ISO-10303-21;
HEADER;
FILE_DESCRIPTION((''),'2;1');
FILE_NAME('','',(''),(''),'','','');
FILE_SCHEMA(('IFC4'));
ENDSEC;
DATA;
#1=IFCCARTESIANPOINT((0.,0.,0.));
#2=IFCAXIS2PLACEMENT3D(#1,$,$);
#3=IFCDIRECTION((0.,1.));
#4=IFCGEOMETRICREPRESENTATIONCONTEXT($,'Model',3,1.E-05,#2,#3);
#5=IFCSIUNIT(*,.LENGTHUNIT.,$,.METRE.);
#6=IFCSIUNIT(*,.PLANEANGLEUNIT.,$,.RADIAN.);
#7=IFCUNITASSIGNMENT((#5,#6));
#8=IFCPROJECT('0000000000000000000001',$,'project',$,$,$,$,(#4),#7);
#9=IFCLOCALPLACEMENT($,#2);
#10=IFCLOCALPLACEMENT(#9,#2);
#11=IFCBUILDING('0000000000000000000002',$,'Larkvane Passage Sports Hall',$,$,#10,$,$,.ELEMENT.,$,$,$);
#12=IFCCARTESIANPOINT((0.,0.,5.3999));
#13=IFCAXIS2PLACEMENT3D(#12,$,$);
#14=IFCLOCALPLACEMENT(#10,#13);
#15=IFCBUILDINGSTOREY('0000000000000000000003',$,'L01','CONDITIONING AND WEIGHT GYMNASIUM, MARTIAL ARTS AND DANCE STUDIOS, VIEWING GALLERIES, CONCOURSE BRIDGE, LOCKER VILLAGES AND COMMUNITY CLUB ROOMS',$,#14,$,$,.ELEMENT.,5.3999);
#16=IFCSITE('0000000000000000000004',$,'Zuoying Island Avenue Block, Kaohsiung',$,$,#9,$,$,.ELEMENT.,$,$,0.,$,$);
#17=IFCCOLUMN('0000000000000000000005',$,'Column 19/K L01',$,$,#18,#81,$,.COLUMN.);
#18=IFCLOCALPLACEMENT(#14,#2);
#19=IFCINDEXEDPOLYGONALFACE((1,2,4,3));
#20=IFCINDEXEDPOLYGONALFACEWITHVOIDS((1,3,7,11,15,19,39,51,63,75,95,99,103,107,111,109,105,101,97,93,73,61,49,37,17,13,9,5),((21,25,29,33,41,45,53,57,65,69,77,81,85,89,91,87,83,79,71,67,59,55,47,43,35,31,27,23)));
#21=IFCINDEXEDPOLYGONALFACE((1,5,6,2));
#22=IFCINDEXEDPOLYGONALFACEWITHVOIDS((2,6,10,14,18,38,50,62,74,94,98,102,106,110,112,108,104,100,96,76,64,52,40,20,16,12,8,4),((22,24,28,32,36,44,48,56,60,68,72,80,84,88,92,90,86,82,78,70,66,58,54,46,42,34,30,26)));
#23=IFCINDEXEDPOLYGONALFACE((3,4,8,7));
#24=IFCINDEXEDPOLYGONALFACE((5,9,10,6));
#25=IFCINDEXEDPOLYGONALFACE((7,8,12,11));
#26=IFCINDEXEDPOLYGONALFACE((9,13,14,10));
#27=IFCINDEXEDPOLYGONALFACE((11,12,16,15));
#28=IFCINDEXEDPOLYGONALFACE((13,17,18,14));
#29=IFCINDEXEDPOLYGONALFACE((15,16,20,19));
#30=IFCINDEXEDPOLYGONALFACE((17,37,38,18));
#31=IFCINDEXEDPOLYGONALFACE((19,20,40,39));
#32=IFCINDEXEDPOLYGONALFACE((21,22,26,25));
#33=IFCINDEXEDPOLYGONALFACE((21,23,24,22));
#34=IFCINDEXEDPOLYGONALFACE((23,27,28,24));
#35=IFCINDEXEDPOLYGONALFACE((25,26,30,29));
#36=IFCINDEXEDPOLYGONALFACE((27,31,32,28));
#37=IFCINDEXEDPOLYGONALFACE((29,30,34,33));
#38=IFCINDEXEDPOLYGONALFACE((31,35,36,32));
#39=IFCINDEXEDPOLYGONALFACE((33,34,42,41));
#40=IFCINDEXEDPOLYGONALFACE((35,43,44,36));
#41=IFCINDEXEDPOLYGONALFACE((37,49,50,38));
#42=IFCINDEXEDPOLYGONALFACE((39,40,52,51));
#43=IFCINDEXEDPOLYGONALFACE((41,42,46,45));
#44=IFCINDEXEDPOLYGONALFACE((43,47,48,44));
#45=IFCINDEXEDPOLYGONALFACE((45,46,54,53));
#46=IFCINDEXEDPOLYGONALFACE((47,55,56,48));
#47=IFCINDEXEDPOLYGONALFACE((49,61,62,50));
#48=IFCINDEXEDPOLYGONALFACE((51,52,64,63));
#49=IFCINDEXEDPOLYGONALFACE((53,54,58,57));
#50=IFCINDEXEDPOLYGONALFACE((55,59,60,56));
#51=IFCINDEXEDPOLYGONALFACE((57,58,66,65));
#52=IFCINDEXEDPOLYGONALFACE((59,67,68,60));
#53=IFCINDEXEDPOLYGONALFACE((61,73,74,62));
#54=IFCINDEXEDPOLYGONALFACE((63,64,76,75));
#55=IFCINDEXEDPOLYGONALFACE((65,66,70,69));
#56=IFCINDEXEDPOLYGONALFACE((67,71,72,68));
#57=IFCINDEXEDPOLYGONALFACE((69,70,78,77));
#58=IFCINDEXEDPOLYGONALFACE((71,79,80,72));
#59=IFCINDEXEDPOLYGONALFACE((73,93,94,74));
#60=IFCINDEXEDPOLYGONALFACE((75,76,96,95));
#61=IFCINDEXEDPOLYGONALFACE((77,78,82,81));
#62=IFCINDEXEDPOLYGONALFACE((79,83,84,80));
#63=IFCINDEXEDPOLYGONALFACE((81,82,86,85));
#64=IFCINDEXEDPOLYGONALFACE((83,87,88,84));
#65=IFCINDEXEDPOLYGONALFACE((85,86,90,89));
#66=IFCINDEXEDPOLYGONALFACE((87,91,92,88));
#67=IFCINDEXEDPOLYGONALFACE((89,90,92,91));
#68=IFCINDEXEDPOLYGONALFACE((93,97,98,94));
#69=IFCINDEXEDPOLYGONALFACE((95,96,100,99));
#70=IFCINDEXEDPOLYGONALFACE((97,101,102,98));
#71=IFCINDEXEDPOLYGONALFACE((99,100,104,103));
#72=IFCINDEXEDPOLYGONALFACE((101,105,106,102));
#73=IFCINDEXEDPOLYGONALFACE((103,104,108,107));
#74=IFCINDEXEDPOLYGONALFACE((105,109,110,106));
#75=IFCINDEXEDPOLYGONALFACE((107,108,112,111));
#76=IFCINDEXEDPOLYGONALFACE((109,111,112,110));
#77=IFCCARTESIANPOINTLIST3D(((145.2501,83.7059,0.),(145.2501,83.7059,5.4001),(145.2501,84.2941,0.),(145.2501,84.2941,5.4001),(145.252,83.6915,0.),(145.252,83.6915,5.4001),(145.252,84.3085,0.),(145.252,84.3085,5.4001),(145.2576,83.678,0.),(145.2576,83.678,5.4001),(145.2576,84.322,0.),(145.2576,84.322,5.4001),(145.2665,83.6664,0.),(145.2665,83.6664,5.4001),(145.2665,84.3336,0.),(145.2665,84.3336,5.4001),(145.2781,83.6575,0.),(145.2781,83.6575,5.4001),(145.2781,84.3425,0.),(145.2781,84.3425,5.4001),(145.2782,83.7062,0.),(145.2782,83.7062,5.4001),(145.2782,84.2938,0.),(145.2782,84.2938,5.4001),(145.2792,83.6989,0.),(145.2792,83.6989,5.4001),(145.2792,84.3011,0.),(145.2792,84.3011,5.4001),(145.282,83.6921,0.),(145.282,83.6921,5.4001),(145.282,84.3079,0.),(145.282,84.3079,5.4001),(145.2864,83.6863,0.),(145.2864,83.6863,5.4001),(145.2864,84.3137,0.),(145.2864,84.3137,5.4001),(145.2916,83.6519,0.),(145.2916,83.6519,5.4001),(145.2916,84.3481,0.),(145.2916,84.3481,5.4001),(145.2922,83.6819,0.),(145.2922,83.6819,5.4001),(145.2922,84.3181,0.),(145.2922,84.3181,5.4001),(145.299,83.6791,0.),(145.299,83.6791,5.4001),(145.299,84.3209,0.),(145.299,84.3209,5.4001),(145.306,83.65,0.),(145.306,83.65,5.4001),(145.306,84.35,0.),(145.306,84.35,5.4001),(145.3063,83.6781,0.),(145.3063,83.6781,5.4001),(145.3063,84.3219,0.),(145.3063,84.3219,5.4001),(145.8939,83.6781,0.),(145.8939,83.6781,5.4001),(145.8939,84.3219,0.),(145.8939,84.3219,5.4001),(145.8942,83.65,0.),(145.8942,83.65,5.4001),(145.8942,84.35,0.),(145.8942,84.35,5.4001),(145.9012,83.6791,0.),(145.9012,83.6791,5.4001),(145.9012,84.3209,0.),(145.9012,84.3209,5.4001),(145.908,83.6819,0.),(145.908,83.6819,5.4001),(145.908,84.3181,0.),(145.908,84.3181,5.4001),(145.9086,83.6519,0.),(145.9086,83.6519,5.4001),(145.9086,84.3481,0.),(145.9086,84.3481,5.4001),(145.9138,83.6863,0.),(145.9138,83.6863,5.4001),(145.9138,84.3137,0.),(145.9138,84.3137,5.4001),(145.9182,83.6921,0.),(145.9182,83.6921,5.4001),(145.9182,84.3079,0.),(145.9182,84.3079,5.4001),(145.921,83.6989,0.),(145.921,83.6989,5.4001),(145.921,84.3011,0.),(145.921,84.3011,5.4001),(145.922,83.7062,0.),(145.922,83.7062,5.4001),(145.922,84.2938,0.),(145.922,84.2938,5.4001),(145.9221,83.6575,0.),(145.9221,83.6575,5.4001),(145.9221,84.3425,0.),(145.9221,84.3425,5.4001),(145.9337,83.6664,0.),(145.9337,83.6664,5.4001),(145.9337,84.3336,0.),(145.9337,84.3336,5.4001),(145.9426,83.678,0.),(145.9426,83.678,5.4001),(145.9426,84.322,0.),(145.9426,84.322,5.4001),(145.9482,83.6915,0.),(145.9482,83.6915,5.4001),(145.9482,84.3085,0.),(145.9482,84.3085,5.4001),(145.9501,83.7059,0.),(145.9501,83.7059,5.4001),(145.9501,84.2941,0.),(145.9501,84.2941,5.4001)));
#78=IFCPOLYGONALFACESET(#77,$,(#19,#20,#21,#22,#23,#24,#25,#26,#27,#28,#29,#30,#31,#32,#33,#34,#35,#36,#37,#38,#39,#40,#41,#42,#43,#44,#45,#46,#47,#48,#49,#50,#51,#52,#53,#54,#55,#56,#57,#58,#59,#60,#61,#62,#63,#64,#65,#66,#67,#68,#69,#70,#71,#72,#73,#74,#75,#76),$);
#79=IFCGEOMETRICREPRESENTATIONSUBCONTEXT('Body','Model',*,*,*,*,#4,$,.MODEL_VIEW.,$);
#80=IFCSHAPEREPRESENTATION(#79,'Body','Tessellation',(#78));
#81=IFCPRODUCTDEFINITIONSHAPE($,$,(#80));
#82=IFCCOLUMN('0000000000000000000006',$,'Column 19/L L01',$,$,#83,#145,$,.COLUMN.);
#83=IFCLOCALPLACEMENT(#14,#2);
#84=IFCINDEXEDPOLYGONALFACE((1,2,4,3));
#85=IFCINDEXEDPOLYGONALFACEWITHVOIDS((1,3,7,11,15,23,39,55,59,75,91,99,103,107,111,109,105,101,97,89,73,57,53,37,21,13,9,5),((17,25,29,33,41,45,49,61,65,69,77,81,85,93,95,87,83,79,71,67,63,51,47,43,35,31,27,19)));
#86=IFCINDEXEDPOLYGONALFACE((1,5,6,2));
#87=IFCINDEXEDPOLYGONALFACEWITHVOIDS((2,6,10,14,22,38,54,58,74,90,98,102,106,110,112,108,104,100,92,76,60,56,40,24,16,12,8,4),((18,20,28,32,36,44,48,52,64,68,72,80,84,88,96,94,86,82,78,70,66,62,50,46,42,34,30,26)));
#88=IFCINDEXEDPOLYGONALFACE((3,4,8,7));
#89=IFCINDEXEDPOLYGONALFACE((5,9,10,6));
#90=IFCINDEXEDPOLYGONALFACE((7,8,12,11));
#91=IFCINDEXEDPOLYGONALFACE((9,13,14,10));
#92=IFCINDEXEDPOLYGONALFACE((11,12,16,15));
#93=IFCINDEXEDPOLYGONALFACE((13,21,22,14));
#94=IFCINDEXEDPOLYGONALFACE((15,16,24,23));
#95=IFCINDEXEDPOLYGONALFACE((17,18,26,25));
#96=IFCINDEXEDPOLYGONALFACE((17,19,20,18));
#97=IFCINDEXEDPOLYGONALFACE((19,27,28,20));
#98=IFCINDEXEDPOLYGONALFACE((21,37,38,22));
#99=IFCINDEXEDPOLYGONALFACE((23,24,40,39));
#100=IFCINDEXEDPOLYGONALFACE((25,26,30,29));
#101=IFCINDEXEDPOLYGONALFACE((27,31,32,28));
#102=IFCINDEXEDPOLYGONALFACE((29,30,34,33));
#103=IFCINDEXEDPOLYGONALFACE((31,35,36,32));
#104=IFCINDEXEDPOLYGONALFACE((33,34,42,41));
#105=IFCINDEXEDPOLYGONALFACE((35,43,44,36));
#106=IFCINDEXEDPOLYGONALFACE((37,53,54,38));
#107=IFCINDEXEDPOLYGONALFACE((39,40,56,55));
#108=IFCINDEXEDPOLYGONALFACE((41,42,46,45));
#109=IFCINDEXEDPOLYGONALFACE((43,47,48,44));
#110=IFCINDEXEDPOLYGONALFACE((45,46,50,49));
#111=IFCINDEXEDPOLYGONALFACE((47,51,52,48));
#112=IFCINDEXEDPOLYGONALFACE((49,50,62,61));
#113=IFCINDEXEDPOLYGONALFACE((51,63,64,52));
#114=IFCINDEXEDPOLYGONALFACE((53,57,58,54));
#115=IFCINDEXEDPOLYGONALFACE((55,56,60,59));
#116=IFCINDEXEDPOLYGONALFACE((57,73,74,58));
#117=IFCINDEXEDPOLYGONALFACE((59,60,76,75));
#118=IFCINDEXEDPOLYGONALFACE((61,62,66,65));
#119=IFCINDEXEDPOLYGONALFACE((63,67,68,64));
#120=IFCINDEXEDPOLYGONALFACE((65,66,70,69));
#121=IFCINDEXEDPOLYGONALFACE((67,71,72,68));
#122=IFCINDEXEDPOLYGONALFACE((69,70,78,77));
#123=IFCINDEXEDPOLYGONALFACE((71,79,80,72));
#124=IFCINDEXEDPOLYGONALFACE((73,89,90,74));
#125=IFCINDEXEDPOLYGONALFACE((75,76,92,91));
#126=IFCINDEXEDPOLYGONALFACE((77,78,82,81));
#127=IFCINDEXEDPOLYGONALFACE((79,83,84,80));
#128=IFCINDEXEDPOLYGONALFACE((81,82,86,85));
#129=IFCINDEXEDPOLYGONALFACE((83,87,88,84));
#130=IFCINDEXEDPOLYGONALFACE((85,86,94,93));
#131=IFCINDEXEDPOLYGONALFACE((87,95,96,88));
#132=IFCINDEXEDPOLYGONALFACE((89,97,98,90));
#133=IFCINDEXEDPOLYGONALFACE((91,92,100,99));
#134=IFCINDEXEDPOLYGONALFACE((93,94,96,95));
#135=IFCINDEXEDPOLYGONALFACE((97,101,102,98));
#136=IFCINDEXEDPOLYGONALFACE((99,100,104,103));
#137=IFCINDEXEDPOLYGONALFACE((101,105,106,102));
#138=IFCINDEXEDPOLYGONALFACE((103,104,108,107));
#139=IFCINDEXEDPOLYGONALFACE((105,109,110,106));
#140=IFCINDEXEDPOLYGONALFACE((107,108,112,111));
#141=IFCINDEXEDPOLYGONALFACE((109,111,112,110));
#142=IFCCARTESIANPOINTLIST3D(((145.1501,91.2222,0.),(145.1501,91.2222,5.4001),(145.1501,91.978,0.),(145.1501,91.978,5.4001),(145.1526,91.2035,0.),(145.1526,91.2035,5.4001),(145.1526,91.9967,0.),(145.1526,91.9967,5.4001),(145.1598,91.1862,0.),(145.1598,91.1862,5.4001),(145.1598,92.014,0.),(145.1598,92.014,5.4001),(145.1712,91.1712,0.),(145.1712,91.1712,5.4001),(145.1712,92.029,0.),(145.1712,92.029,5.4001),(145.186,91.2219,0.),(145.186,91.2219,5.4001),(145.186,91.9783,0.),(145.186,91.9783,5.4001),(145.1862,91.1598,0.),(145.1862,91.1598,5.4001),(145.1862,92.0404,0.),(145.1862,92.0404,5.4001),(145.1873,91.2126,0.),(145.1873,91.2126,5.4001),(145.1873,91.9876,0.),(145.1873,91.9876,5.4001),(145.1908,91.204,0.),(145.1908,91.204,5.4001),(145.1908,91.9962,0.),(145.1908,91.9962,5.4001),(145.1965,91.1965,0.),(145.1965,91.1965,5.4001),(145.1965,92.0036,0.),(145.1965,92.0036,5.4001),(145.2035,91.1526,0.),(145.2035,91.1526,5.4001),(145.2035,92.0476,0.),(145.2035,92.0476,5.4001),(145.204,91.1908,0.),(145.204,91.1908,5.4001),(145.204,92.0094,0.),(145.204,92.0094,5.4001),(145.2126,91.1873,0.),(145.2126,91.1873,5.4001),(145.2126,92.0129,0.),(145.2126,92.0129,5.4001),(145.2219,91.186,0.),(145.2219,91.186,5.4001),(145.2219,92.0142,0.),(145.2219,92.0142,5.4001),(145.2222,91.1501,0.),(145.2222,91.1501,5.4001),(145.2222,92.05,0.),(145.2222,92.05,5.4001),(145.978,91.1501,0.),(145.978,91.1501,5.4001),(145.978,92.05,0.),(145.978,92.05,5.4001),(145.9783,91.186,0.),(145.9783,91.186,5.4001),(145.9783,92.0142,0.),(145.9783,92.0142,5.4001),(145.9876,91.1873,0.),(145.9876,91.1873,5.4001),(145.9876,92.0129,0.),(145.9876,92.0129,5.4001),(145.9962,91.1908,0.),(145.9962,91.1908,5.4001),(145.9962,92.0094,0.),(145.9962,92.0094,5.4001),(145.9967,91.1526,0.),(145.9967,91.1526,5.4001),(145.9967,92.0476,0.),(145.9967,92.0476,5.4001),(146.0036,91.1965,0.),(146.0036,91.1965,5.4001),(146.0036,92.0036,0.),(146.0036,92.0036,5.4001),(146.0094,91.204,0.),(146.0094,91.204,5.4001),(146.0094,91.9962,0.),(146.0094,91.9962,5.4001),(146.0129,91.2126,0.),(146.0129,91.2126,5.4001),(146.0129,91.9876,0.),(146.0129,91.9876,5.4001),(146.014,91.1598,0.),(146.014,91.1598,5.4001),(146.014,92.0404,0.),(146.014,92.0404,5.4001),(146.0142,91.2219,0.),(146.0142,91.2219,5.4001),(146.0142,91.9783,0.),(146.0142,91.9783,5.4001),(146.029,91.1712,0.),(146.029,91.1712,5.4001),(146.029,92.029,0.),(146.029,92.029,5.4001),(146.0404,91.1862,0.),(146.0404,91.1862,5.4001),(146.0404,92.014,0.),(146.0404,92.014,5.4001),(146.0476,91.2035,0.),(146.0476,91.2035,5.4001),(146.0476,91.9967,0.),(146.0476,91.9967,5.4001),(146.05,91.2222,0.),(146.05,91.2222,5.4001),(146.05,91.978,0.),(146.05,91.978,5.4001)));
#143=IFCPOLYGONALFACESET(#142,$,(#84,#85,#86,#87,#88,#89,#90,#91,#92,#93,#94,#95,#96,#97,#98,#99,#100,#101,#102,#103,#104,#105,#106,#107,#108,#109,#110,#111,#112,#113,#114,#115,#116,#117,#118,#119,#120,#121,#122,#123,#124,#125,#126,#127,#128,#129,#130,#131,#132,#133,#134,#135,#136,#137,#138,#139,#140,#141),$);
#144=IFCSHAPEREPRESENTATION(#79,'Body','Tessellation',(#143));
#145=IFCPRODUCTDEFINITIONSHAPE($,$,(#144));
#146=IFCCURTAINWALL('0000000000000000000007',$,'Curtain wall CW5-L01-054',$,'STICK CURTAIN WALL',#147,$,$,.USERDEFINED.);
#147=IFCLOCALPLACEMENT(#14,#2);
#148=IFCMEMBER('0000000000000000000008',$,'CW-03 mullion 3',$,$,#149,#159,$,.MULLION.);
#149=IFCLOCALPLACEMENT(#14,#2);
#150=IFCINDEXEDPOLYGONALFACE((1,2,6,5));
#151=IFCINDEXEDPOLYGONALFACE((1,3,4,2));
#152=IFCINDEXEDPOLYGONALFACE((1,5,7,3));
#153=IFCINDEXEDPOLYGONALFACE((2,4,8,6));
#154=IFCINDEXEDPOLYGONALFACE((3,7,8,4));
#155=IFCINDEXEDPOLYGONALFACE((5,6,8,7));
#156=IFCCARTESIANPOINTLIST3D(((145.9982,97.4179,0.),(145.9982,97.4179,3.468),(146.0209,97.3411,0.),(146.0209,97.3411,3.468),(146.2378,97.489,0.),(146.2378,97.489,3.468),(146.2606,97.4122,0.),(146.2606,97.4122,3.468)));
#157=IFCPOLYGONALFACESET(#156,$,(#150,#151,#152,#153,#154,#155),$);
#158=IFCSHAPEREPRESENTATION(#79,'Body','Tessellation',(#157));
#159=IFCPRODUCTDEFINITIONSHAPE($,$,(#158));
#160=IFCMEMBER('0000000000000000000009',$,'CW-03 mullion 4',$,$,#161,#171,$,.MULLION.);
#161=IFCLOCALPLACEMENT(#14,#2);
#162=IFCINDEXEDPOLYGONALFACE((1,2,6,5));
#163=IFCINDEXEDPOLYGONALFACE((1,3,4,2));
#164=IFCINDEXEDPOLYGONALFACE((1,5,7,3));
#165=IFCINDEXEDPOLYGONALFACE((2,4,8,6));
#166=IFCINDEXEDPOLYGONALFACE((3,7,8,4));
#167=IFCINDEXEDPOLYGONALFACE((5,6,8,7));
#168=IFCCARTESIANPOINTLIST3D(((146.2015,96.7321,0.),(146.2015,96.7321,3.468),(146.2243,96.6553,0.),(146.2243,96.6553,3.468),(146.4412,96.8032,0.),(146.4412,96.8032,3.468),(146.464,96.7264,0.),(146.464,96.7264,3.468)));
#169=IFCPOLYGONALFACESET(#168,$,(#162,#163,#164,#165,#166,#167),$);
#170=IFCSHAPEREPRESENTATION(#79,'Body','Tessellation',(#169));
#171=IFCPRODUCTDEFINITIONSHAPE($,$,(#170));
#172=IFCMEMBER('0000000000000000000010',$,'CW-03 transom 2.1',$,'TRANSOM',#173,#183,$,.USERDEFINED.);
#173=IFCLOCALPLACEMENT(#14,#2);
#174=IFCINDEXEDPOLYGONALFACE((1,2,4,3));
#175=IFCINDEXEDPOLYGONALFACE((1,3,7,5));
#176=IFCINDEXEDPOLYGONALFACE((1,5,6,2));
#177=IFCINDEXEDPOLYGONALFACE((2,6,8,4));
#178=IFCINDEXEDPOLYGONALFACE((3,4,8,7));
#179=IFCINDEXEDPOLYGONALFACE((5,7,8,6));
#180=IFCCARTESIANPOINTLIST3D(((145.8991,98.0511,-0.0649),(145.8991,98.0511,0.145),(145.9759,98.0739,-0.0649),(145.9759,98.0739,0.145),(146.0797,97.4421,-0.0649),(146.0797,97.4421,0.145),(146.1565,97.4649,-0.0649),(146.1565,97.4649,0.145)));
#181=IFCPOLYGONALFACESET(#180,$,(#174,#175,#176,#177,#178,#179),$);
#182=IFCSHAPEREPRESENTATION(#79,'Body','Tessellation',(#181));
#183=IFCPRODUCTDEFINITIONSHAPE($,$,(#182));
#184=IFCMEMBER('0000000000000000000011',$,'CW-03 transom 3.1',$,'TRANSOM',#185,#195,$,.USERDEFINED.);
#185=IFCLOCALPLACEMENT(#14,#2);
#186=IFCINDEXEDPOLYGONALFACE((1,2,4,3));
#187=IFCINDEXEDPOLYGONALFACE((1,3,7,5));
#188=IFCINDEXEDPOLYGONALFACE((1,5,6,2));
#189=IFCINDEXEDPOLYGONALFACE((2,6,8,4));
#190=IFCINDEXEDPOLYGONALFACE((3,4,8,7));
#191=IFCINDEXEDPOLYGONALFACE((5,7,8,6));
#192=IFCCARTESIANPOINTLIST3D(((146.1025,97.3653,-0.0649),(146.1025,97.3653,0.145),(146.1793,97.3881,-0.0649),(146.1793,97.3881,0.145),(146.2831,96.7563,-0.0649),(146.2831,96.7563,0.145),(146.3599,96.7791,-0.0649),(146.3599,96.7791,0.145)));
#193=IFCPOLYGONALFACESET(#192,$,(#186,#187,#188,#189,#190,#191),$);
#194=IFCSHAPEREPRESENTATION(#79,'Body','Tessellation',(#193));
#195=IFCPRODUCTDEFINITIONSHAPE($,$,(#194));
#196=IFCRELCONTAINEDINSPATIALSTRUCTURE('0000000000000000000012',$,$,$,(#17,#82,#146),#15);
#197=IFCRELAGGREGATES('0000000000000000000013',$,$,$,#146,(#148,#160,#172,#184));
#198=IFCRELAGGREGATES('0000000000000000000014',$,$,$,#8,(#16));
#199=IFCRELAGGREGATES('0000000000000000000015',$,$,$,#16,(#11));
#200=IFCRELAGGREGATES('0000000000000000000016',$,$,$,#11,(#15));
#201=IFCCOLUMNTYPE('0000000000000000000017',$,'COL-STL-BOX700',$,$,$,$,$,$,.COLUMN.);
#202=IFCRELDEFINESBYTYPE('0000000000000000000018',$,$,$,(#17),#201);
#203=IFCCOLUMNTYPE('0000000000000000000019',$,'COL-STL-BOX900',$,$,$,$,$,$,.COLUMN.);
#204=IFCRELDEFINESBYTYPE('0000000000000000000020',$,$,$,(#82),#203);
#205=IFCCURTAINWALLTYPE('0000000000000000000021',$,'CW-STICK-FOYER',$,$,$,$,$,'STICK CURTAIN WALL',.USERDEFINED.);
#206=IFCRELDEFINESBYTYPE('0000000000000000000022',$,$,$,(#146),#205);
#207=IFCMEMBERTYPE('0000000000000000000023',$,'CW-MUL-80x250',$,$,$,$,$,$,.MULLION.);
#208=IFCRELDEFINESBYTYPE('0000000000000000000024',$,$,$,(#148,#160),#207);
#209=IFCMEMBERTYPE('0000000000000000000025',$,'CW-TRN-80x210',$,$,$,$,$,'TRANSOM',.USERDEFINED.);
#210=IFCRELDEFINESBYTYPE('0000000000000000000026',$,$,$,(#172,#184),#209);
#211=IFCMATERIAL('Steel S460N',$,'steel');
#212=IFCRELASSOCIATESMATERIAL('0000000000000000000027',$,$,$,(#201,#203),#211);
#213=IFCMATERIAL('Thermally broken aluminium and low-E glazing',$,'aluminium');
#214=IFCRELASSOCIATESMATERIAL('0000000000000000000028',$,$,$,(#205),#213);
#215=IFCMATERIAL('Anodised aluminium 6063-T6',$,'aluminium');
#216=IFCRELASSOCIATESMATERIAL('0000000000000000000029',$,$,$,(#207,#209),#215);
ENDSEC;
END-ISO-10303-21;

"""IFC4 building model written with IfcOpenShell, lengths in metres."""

from ifc_helpers import new_model, si_unit, direction, frame, origin, origin_2d, place, context, subcontext, project, spatial, rectangle, hollow_rectangle, extrude, material, material_profile, profile_set, type_object, element, aggregate, save


model = new_model("IFC4")

# Units and contexts
model_context = context("Model", 3, precision=1e-05, world=origin(), true_north=direction((0.0, 1.0)))
body_context = subcontext(model_context, "Body", "Model", "MODEL_VIEW")
ifc_project = project(units=[si_unit("LENGTHUNIT", "METRE"), si_unit("PLANEANGLEUNIT", "RADIAN")], contexts=[model_context])

# Site, building, storey
site_placement = place(None, origin())
site = spatial("IfcSite", under=ifc_project, at=site_placement, Name="Zuoying Island Avenue Block, Kaohsiung", CompositionType="ELEMENT", RefElevation=0.0)
building_placement = place(site_placement, origin())
building = spatial("IfcBuilding", under=site, at=building_placement, Name="Larkvane Passage Sports Hall", CompositionType="ELEMENT")
storey_placement = place(building_placement, frame((0.0, 0.0, 5.3999)))
storey = spatial("IfcBuildingStorey", under=building, at=storey_placement, Name="L01", Description="CONDITIONING AND WEIGHT GYMNASIUM, MARTIAL ARTS AND DANCE STUDIOS, VIEWING GALLERIES, CONCOURSE BRIDGE, LOCKER VILLAGES AND COMMUNITY CLUB ROOMS", CompositionType="ELEMENT", Elevation=5.3999)

# Columns
ifc_material_1 = material(Name="Steel S460N", Category="steel")
ifc_material_profile_1 = material_profile(ifc_material_1, hollow_rectangle(XDim=0.7, YDim=0.7, WallThickness=0.0281, InnerFilletRadius=0.0281, OuterFilletRadius=0.0559, at=origin_2d()), Name="BOX-700x700x28")
ifc_profile_set_1 = profile_set([ifc_material_profile_1], Name="Steel S460N")
column_type_1 = type_object("IfcColumnType", Name="COL-STL-BOX700", PredefinedType="COLUMN", material=ifc_profile_set_1)
column_1_placement = place(storey_placement, frame((145.6001, 84.0, 0.0), z_axis=(0.0, 0.0, 1.0), x_axis=(1.0, 0.0, 0.0)))
element("IfcColumn", 1, at=column_1_placement, inside=storey, type_object=column_type_1, Name="Column 19/K L01", PredefinedType="COLUMN", context=body_context, shape_type="SweptSolid", body=[
    extrude(hollow_rectangle(XDim=0.7, YDim=0.7, WallThickness=0.0281, InnerFilletRadius=0.0281, OuterFilletRadius=0.0559, at=origin_2d()), origin(), (0.0, 0.0, 1.0), 5.4001),
])
ifc_material_profile_2 = material_profile(ifc_material_1, hollow_rectangle(XDim=0.8999, YDim=0.8999, WallThickness=0.0359, InnerFilletRadius=0.0359, OuterFilletRadius=0.072, at=origin_2d()), Name="BOX-900x900x36")
ifc_profile_set_2 = profile_set([ifc_material_profile_2], Name="Steel S460N")
column_type_2 = type_object("IfcColumnType", Name="COL-STL-BOX900", PredefinedType="COLUMN", material=ifc_profile_set_2)
column_2_placement = place(storey_placement, frame((145.6001, 91.6001, 0.0), z_axis=(0.0, 0.0, 1.0), x_axis=(1.0, 0.0, 0.0)))
element("IfcColumn", 2, at=column_2_placement, inside=storey, type_object=column_type_2, Name="Column 19/L L01", PredefinedType="COLUMN", context=body_context, shape_type="SweptSolid", body=[
    extrude(hollow_rectangle(XDim=0.8999, YDim=0.8999, WallThickness=0.0359, InnerFilletRadius=0.0359, OuterFilletRadius=0.072, at=origin_2d()), origin(), (0.0, 0.0, 1.0), 5.4001),
])

# Curtain wall, members
ifc_material_2 = material(Name="Thermally broken aluminium and low-E glazing", Category="aluminium")
curtain_wall_type = type_object("IfcCurtainWallType", Name="CW-STICK-FOYER", ElementType="STICK CURTAIN WALL", PredefinedType="USERDEFINED", material=ifc_material_2)
curtain_wall_placement = place(storey_placement, origin())
curtain_wall = element("IfcCurtainWall", 3, at=curtain_wall_placement, inside=storey, type_object=curtain_wall_type, Name="Curtain wall CW5-L01-054", ObjectType="STICK CURTAIN WALL", PredefinedType="USERDEFINED")
ifc_material_3 = material(Name="Anodised aluminium 6063-T6", Category="aluminium")
ifc_material_profile_3 = material_profile(ifc_material_3, rectangle(XDim=0.0801, YDim=0.25, at=origin_2d()), Name="ALU-MUL-80x250")
ifc_profile_set_3 = profile_set([ifc_material_profile_3], Name="Anodised aluminium 6063-T6")
member_type_1 = type_object("IfcMemberType", Name="CW-MUL-80x250", PredefinedType="MULLION", material=ifc_profile_set_3)
member_1_placement = place(storey_placement, frame((146.1294, 97.415, 0.0), z_axis=(0.0, 0.0, 1.0), x_axis=(0.284363, -0.958717, 0.0)))
member_1 = element("IfcMember", 4, at=member_1_placement, type_object=member_type_1, Name="CW-03 mullion 3", PredefinedType="MULLION", context=body_context, shape_type="SweptSolid", body=[
    extrude(rectangle(XDim=0.0801, YDim=0.25, at=origin_2d()), origin(), (0.0, 0.0, 1.0), 3.468),
])
member_2_placement = place(storey_placement, frame((146.3328, 96.7292, 0.0), z_axis=(0.0, 0.0, 1.0), x_axis=(0.284363, -0.958717, 0.0)))
member_2 = element("IfcMember", 5, at=member_2_placement, type_object=member_type_1, Name="CW-03 mullion 4", PredefinedType="MULLION", context=body_context, shape_type="SweptSolid", body=[
    extrude(rectangle(XDim=0.0801, YDim=0.25, at=origin_2d()), origin(), (0.0, 0.0, 1.0), 3.468),
])
ifc_material_profile_4 = material_profile(ifc_material_3, rectangle(XDim=0.0801, YDim=0.21, at=origin_2d()), Name="ALU-TRN-80x210")
ifc_profile_set_4 = profile_set([ifc_material_profile_4], Name="Anodised aluminium 6063-T6")
member_type_2 = type_object("IfcMemberType", Name="CW-TRN-80x210", ElementType="TRANSOM", PredefinedType="USERDEFINED", material=ifc_profile_set_4)
member_3_placement = place(storey_placement, frame((145.9375, 98.0625, 0.04), z_axis=(0.28435, -0.958721, 0.0), x_axis=(0.958721, 0.28435, 0.0)))
member_3 = element("IfcMember", 6, at=member_3_placement, type_object=member_type_2, Name="CW-03 transom 2.1", ObjectType="TRANSOM", PredefinedType="USERDEFINED", context=body_context, shape_type="SweptSolid", body=[
    extrude(rectangle(XDim=0.0801, YDim=0.21, at=origin_2d()), origin(), (0.0, 0.0, 1.0), 0.6353),
])
member_4_placement = place(storey_placement, frame((146.1409, 97.3767, 0.04), z_axis=(0.28435, -0.958721, 0.0), x_axis=(0.958721, 0.28435, 0.0)))
member_4 = element("IfcMember", 7, at=member_4_placement, type_object=member_type_2, Name="CW-03 transom 3.1", ObjectType="TRANSOM", PredefinedType="USERDEFINED", context=body_context, shape_type="SweptSolid", body=[
    extrude(rectangle(XDim=0.0801, YDim=0.21, at=origin_2d()), origin(), (0.0, 0.0, 1.0), 0.6353),
])

aggregate(curtain_wall, [member_1, member_2, member_3, member_4])

save(model, "model.ifc")
